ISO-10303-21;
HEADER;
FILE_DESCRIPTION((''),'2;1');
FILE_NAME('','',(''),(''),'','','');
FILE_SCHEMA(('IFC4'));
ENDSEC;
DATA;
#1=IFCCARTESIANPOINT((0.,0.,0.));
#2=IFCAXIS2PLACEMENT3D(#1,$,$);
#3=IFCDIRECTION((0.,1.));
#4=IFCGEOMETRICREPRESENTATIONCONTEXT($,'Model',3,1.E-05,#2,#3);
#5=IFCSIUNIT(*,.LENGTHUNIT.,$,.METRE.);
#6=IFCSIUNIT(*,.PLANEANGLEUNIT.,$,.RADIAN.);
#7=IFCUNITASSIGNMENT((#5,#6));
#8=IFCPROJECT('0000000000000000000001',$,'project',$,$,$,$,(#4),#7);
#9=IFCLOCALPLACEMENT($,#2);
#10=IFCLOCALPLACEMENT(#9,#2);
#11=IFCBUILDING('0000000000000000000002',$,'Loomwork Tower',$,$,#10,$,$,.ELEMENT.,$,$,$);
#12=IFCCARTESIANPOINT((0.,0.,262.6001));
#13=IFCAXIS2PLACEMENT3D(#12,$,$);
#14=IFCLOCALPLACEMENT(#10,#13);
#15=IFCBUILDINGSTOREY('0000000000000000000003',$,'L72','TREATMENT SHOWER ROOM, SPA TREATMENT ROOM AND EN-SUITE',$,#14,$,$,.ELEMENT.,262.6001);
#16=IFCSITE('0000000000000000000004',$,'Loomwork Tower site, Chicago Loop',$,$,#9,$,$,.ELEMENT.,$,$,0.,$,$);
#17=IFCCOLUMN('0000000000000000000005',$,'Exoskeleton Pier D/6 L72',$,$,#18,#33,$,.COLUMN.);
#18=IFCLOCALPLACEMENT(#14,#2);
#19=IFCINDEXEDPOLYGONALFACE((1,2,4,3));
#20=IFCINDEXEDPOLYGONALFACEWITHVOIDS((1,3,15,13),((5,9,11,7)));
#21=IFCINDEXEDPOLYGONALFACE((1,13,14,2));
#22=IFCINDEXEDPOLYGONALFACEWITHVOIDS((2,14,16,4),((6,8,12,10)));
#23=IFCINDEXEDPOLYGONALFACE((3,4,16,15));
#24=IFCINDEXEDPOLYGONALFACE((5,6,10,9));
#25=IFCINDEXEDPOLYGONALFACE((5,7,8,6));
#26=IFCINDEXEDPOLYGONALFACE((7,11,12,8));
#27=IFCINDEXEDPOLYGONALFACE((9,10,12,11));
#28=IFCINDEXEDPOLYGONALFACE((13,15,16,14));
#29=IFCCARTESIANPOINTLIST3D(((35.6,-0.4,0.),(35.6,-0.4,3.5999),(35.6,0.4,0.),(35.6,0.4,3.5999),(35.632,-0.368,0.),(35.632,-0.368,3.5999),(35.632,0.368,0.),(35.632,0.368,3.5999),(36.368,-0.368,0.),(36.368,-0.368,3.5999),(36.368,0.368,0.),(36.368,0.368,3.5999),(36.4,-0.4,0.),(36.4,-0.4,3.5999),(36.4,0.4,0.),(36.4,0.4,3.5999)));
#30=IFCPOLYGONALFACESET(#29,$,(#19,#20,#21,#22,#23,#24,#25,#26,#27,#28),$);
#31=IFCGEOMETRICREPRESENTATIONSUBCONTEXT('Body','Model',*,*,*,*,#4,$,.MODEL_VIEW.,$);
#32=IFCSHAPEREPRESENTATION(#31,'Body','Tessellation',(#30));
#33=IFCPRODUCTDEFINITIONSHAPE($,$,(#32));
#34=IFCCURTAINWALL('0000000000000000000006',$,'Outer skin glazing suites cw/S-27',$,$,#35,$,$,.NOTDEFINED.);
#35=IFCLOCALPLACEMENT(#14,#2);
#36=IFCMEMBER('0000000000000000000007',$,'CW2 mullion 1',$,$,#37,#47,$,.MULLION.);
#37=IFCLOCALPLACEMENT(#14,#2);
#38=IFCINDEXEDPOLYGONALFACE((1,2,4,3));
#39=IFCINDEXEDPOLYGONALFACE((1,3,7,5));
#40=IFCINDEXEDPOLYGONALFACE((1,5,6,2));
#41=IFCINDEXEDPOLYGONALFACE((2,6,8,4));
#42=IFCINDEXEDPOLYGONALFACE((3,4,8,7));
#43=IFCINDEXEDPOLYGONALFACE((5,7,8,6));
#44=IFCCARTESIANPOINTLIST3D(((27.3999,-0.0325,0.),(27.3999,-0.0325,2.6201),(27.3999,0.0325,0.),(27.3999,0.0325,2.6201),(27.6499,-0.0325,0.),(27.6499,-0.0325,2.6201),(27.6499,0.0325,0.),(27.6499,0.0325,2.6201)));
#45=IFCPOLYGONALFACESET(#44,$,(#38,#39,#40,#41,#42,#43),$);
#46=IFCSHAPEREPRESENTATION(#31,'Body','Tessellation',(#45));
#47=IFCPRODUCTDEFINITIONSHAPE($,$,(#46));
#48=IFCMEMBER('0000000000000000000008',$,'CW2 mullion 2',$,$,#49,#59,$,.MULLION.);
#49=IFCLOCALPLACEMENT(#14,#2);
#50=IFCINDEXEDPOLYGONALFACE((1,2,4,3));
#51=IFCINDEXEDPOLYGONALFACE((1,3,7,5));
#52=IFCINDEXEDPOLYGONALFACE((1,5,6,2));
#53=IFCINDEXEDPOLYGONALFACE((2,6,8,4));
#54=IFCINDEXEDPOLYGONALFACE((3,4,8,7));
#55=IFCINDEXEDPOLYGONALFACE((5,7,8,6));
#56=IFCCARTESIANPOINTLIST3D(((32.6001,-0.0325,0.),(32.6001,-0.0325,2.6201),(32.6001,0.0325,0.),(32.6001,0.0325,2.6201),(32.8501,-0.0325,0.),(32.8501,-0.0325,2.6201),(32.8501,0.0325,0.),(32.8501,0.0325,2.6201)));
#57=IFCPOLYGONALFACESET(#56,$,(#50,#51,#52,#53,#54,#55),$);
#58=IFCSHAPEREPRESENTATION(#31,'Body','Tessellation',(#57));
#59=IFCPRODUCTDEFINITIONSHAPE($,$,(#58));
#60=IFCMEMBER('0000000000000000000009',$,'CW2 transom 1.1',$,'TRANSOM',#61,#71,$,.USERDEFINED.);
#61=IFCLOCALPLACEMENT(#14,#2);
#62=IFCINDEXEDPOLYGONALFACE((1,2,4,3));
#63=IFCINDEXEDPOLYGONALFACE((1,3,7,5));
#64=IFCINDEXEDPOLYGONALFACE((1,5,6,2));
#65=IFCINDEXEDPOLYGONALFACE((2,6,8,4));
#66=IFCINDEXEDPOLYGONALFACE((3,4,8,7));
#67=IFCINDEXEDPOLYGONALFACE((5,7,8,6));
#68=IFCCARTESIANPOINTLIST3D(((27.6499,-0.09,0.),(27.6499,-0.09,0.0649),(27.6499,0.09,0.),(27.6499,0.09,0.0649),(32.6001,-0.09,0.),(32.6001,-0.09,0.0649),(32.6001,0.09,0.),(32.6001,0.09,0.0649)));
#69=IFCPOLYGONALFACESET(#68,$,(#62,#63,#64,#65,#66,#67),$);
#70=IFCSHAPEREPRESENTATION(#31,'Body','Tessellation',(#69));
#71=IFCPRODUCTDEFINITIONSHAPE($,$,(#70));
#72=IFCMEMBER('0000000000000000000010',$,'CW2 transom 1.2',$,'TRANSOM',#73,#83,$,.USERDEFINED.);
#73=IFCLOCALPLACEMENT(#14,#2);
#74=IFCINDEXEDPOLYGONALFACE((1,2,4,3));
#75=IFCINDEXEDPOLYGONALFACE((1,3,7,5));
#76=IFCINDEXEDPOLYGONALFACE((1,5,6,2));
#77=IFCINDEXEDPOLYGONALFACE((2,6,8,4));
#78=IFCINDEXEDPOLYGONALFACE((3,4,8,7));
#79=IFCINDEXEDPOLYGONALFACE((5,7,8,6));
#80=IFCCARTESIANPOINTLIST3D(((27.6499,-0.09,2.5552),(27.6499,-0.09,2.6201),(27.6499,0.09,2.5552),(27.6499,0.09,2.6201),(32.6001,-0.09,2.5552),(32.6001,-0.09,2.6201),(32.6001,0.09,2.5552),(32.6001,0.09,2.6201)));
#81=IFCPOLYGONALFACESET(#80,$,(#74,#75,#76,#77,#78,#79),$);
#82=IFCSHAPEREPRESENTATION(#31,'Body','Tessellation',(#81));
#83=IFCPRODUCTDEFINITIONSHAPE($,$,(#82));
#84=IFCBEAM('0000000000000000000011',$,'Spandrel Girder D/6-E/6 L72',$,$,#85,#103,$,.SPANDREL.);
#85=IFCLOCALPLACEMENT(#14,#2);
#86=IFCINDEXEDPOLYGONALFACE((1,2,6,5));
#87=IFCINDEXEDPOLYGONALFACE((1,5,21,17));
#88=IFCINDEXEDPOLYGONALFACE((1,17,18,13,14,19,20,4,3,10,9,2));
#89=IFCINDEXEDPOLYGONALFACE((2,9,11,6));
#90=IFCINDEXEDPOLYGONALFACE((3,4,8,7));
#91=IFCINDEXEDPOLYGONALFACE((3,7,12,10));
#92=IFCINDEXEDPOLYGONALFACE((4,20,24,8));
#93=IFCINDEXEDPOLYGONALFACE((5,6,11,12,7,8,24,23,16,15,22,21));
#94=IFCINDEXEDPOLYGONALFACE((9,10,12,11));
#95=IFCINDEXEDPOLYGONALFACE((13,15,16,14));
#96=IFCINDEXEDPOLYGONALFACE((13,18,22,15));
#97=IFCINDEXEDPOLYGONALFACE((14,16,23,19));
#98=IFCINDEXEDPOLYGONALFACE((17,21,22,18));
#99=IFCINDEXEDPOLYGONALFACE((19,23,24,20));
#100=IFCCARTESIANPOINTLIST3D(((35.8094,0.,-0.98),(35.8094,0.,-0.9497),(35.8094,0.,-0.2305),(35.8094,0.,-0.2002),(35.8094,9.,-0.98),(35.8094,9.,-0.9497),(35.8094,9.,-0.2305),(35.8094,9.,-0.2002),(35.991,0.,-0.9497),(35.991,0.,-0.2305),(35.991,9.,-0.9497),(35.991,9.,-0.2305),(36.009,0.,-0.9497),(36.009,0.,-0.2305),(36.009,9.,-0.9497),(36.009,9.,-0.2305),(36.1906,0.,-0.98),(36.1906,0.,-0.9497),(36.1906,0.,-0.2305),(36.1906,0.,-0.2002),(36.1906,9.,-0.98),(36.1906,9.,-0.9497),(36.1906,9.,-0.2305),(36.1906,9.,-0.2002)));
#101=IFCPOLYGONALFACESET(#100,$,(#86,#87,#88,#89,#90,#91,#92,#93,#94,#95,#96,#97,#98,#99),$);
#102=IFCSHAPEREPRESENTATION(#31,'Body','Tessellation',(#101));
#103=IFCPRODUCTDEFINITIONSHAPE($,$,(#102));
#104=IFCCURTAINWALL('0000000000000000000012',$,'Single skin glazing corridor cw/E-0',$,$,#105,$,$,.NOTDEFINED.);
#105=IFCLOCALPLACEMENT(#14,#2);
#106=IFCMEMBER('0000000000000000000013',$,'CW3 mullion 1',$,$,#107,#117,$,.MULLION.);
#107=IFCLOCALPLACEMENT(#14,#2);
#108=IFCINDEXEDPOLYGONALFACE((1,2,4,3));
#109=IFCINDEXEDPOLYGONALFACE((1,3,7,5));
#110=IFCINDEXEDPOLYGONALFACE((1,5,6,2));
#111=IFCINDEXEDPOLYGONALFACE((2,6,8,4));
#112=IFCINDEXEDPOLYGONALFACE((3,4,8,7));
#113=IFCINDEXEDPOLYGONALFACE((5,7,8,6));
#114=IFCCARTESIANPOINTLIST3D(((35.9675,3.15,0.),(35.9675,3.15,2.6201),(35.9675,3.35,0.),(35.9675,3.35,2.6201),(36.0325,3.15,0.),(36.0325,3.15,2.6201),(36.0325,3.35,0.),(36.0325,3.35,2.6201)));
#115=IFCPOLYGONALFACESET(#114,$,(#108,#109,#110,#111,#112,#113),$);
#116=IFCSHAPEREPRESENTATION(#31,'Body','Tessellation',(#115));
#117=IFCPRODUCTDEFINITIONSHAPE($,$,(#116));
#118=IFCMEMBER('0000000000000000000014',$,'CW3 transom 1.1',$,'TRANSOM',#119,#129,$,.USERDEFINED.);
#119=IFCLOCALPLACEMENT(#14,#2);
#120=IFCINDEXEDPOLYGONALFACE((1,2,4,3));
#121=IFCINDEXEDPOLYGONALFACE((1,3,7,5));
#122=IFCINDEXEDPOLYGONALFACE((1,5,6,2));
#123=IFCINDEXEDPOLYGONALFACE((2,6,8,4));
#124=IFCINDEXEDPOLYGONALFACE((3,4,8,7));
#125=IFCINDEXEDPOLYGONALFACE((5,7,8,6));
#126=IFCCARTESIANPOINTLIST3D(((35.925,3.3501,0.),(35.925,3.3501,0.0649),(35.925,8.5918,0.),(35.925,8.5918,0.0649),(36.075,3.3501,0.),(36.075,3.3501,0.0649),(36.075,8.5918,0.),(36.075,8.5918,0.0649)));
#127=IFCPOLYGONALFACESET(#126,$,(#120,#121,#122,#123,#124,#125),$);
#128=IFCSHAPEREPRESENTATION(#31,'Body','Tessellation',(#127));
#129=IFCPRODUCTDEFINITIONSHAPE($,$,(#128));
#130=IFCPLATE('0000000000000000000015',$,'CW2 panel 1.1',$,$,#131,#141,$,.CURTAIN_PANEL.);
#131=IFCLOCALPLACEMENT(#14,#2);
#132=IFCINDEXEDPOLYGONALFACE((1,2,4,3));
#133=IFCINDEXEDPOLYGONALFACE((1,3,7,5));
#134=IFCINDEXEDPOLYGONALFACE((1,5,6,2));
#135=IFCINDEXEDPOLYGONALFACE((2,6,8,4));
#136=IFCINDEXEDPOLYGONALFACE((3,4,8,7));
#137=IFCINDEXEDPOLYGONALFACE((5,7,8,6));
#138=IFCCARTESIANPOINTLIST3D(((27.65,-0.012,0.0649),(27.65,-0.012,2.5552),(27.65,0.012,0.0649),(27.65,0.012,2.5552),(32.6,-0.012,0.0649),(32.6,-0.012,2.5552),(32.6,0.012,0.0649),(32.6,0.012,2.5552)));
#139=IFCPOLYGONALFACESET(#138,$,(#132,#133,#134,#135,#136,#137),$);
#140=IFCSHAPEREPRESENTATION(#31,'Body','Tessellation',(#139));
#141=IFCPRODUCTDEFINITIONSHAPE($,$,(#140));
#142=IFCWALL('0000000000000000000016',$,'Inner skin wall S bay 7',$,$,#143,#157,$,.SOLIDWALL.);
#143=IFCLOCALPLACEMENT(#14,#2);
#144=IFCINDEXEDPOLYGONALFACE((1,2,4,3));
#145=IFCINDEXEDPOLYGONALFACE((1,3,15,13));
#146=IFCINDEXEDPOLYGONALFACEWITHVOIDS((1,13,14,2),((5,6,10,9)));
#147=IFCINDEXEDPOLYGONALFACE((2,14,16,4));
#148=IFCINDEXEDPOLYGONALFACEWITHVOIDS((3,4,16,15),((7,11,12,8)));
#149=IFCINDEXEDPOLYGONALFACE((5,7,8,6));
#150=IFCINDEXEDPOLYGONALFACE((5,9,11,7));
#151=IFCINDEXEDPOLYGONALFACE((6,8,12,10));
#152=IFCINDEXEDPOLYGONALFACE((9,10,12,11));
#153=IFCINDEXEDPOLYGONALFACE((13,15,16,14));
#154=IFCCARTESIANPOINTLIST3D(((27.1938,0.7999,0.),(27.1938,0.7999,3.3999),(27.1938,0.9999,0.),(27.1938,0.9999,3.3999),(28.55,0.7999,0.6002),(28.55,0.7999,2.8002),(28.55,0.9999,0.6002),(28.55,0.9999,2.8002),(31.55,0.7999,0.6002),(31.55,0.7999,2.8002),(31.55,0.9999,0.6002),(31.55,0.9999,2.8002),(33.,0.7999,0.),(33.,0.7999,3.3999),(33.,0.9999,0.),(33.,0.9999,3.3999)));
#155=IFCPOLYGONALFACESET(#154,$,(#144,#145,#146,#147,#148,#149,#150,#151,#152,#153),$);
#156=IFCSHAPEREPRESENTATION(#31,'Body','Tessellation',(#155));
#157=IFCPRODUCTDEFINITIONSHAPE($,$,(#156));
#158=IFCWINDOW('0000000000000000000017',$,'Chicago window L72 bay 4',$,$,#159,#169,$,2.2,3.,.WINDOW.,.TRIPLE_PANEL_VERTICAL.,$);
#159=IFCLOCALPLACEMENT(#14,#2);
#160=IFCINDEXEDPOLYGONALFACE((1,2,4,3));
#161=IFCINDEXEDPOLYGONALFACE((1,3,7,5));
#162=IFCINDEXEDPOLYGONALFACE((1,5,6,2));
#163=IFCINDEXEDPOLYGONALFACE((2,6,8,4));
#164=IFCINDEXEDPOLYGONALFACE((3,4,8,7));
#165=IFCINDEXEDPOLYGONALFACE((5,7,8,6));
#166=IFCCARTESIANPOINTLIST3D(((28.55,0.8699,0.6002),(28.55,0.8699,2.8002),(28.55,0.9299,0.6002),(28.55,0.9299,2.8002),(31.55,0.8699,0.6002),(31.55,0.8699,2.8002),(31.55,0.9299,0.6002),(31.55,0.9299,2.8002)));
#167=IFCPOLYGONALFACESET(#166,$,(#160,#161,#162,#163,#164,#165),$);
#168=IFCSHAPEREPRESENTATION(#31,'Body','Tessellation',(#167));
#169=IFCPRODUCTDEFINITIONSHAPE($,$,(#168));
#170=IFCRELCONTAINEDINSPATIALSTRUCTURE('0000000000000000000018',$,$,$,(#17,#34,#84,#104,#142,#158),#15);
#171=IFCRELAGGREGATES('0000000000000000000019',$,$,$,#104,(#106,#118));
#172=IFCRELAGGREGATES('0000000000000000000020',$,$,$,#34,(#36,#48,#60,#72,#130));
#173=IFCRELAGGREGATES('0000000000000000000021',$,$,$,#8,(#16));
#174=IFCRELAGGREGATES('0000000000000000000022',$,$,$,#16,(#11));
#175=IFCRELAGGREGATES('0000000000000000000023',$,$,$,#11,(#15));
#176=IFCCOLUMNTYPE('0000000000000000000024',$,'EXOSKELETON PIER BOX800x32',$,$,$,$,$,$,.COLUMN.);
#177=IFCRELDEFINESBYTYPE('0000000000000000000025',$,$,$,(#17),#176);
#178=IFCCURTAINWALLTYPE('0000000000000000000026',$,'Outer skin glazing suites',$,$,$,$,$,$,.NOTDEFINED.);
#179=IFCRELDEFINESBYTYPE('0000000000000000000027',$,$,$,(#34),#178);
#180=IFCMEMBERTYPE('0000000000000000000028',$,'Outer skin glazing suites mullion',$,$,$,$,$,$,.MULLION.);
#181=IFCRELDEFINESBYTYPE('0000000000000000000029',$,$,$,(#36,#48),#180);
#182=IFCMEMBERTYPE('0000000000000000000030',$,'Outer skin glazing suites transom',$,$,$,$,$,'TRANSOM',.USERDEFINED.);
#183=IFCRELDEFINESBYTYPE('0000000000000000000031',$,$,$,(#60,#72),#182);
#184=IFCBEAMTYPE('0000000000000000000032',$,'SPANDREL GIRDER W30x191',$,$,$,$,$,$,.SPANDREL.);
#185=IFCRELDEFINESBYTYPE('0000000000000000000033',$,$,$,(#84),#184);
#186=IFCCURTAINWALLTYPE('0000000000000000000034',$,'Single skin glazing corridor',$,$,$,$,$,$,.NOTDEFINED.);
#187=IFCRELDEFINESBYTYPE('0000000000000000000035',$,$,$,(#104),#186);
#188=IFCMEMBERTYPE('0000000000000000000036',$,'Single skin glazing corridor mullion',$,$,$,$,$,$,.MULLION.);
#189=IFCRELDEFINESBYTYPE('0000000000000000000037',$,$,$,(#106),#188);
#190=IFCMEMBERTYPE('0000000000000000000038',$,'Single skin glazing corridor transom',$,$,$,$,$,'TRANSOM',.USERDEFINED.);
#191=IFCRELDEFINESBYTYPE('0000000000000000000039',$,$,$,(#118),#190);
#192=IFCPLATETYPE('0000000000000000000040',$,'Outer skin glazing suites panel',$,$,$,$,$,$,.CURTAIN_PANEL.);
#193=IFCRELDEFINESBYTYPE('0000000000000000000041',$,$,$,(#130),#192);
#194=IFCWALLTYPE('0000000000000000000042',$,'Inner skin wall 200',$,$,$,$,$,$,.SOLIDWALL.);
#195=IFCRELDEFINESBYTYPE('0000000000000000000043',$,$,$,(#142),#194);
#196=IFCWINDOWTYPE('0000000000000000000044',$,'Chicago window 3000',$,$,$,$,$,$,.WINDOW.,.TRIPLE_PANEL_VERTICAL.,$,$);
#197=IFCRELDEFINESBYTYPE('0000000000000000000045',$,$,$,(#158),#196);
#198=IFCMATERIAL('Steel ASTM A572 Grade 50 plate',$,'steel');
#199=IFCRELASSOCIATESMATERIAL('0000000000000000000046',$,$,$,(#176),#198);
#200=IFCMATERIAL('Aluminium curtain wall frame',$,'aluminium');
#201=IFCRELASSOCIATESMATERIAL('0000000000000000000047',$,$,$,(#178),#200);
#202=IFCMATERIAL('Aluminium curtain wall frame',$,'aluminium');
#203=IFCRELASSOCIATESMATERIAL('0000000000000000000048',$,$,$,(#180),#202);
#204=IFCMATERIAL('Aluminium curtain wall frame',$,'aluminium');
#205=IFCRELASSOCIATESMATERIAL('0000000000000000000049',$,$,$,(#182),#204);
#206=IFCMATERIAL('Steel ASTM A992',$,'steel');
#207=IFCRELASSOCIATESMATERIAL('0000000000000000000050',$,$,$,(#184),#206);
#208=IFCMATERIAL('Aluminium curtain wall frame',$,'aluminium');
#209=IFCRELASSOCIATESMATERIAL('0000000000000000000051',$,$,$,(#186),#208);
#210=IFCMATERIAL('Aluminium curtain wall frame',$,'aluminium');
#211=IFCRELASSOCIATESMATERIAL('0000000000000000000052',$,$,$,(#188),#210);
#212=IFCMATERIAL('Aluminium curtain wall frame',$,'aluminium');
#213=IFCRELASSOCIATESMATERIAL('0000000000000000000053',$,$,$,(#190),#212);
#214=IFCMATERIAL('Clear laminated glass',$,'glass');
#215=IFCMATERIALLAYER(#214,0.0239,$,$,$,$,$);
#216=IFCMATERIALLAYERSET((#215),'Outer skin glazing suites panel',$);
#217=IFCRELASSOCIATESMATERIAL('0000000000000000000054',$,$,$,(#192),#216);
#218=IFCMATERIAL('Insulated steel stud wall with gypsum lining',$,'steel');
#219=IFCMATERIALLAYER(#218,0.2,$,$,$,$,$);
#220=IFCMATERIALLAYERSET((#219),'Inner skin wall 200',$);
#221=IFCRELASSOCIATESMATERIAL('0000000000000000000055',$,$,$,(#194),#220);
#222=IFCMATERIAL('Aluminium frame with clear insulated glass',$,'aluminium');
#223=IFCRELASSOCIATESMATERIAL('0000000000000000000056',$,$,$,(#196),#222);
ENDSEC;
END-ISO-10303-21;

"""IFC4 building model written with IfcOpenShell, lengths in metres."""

from ifc_helpers import new_model, si_unit, direction, frame, frame_2d, origin, origin_2d, place, context, subcontext, project, spatial, rectangle, hollow_rectangle, i_section, extrude, material, layer, layer_set, material_profile, profile_set, type_object, element, fill, aggregate, save


model = new_model("IFC4")

# Units and contexts
model_context = context("Model", 3, precision=1e-05, world=origin(), true_north=direction((0.0, 1.0)))
body_context = subcontext(model_context, "Body", "Model", "MODEL_VIEW")
ifc_project = project(units=[si_unit("LENGTHUNIT", "METRE"), si_unit("PLANEANGLEUNIT", "RADIAN")], contexts=[model_context])

# Site, building, storey
site_placement = place(None, origin())
site = spatial("IfcSite", under=ifc_project, at=site_placement, Name="Loomwork Tower site, Chicago Loop", CompositionType="ELEMENT", RefElevation=0.0)
building_placement = place(site_placement, origin())
building = spatial("IfcBuilding", under=site, at=building_placement, Name="Loomwork Tower", CompositionType="ELEMENT")
storey_placement = place(building_placement, frame((0.0, 0.0, 262.6001)))
storey = spatial("IfcBuildingStorey", under=building, at=storey_placement, Name="L72", Description="TREATMENT SHOWER ROOM, SPA TREATMENT ROOM AND EN-SUITE", CompositionType="ELEMENT", Elevation=262.6001)

# Column
ifc_material_1 = material(Name="Steel ASTM A572 Grade 50 plate", Category="steel")
ifc_material_profile_1 = material_profile(ifc_material_1, hollow_rectangle(XDim=0.8, YDim=0.8, WallThickness=0.032, at=origin_2d()), Name="BOX800x32")
ifc_profile_set_1 = profile_set([ifc_material_profile_1], Name="Steel ASTM A572 Grade 50 plate")
column_type = type_object("IfcColumnType", Name="EXOSKELETON PIER BOX800x32", PredefinedType="COLUMN", material=ifc_profile_set_1)
column_placement = place(storey_placement, frame((36.0, 0.0, 0.0), z_axis=(0.0, 0.0, 1.0), x_axis=(1.0, 0.0, 0.0)))
element("IfcColumn", 1, at=column_placement, inside=storey, type_object=column_type, Name="Exoskeleton Pier D/6 L72", PredefinedType="COLUMN", context=body_context, shape_type="SweptSolid", body=[
    extrude(hollow_rectangle(XDim=0.8, YDim=0.8, WallThickness=0.032, at=origin_2d()), origin(), (0.0, 0.0, 1.0), 3.5999),
])

# Curtain wall, members
ifc_material_2 = material(Name="Aluminium curtain wall frame", Category="aluminium")
curtain_wall_type_1 = type_object("IfcCurtainWallType", Name="Outer skin glazing suites", PredefinedType="NOTDEFINED", material=ifc_material_2)
curtain_wall_1_placement = place(storey_placement, origin())
curtain_wall_1 = element("IfcCurtainWall", 2, at=curtain_wall_1_placement, inside=storey, type_object=curtain_wall_type_1, Name="Outer skin glazing suites cw/S-27", PredefinedType="NOTDEFINED")
ifc_material_3 = material(Name="Aluminium curtain wall frame", Category="aluminium")
ifc_material_profile_2 = material_profile(ifc_material_3, rectangle(XDim=0.0649, YDim=0.25, at=origin_2d()), Name="AL 65x250")
ifc_profile_set_2 = profile_set([ifc_material_profile_2], Name="Aluminium curtain wall frame")
member_type_1 = type_object("IfcMemberType", Name="Outer skin glazing suites mullion", PredefinedType="MULLION", material=ifc_profile_set_2)
member_1_placement = place(storey_placement, frame((27.5249, 0.0, 0.0), z_axis=(0.0, 0.0, 1.0), x_axis=(0.0, 1.0, 0.0)))
member_1 = element("IfcMember", 3, at=member_1_placement, type_object=member_type_1, Name="CW2 mullion 1", PredefinedType="MULLION", context=body_context, shape_type="SweptSolid", body=[
    extrude(rectangle(XDim=0.0649, YDim=0.25, at=origin_2d()), origin(), (0.0, 0.0, 1.0), 2.6201),
])
member_2_placement = place(storey_placement, frame((32.7251, 0.0, 0.0), z_axis=(0.0, 0.0, 1.0), x_axis=(0.0, 1.0, 0.0)))
member_2 = element("IfcMember", 4, at=member_2_placement, type_object=member_type_1, Name="CW2 mullion 2", PredefinedType="MULLION", context=body_context, shape_type="SweptSolid", body=[
    extrude(rectangle(XDim=0.0649, YDim=0.25, at=origin_2d()), origin(), (0.0, 0.0, 1.0), 2.6201),
])
ifc_material_4 = material(Name="Aluminium curtain wall frame", Category="aluminium")
ifc_material_profile_3 = material_profile(ifc_material_4, rectangle(XDim=0.1799, YDim=0.0649, at=origin_2d()), Name="AL 65x180")
ifc_profile_set_3 = profile_set([ifc_material_profile_3], Name="Aluminium curtain wall frame")
member_type_2 = type_object("IfcMemberType", Name="Outer skin glazing suites transom", ElementType="TRANSOM", PredefinedType="USERDEFINED", material=ifc_profile_set_3)
member_3_placement = place(storey_placement, frame((27.6499, 0.0, 0.0325), z_axis=(1.0, 0.0, 0.0), x_axis=(0.0, 1.0, 0.0)))
member_3 = element("IfcMember", 5, at=member_3_placement, type_object=member_type_2, Name="CW2 transom 1.1", ObjectType="TRANSOM", PredefinedType="USERDEFINED", context=body_context, shape_type="SweptSolid", body=[
    extrude(rectangle(XDim=0.1799, YDim=0.0649, at=origin_2d()), origin(), (0.0, 0.0, 1.0), 4.9502),
])
member_4_placement = place(storey_placement, frame((27.6499, 0.0, 2.5876), z_axis=(1.0, 0.0, 0.0), x_axis=(0.0, 1.0, 0.0)))
member_4 = element("IfcMember", 6, at=member_4_placement, type_object=member_type_2, Name="CW2 transom 1.2", ObjectType="TRANSOM", PredefinedType="USERDEFINED", context=body_context, shape_type="SweptSolid", body=[
    extrude(rectangle(XDim=0.1799, YDim=0.0649, at=origin_2d()), origin(), (0.0, 0.0, 1.0), 4.9502),
])

# Beam
ifc_material_5 = material(Name="Steel ASTM A992", Category="steel")
ifc_material_profile_4 = material_profile(ifc_material_5, i_section(OverallWidth=0.3811, OverallDepth=0.7798, WebThickness=0.0181, FlangeThickness=0.0303, at=origin_2d()), Name="W30x191")
ifc_profile_set_4 = profile_set([ifc_material_profile_4], Name="Steel ASTM A992")
beam_type = type_object("IfcBeamType", Name="SPANDREL GIRDER W30x191", PredefinedType="SPANDREL", material=ifc_profile_set_4)
beam_placement = place(storey_placement, frame((36.0, 0.0, -0.5901), z_axis=(0.0, 1.0, 0.0), x_axis=(-1.0, 0.0, 0.0)))
element("IfcBeam", 7, at=beam_placement, inside=storey, type_object=beam_type, Name="Spandrel Girder D/6-E/6 L72", PredefinedType="SPANDREL", context=body_context, shape_type="SweptSolid", body=[
    extrude(i_section(OverallWidth=0.3811, OverallDepth=0.7798, WebThickness=0.0181, FlangeThickness=0.0303, at=origin_2d()), origin(), (0.0, 0.0, 1.0), 9.0),
])

# Curtain wall, members
ifc_material_6 = material(Name="Aluminium curtain wall frame", Category="aluminium")
curtain_wall_type_2 = type_object("IfcCurtainWallType", Name="Single skin glazing corridor", PredefinedType="NOTDEFINED", material=ifc_material_6)
curtain_wall_2_placement = place(storey_placement, origin())
curtain_wall_2 = element("IfcCurtainWall", 8, at=curtain_wall_2_placement, inside=storey, type_object=curtain_wall_type_2, Name="Single skin glazing corridor cw/E-0", PredefinedType="NOTDEFINED")
ifc_material_7 = material(Name="Aluminium curtain wall frame", Category="aluminium")
ifc_material_profile_5 = material_profile(ifc_material_7, rectangle(XDim=0.0649, YDim=0.2, at=origin_2d()), Name="AL 65x200")
ifc_profile_set_5 = profile_set([ifc_material_profile_5], Name="Aluminium curtain wall frame")
member_type_3 = type_object("IfcMemberType", Name="Single skin glazing corridor mullion", PredefinedType="MULLION", material=ifc_profile_set_5)
member_5_placement = place(storey_placement, frame((36.0, 3.25, 0.0), z_axis=(0.0, 0.0, 1.0), x_axis=(-1.0, 0.0, 0.0)))
member_5 = element("IfcMember", 9, at=member_5_placement, type_object=member_type_3, Name="CW3 mullion 1", PredefinedType="MULLION", context=body_context, shape_type="SweptSolid", body=[
    extrude(rectangle(XDim=0.0649, YDim=0.2, at=origin_2d()), origin(), (0.0, 0.0, 1.0), 2.6201),
])
ifc_material_8 = material(Name="Aluminium curtain wall frame", Category="aluminium")
ifc_material_profile_6 = material_profile(ifc_material_8, rectangle(XDim=0.1499, YDim=0.0649, at=origin_2d()), Name="AL 65x150")
ifc_profile_set_6 = profile_set([ifc_material_profile_6], Name="Aluminium curtain wall frame")
member_type_4 = type_object("IfcMemberType", Name="Single skin glazing corridor transom", ElementType="TRANSOM", PredefinedType="USERDEFINED", material=ifc_profile_set_6)
member_6_placement = place(storey_placement, frame((36.0, 3.3501, 0.0325), z_axis=(0.0, 1.0, 0.0), x_axis=(-1.0, 0.0, 0.0)))
member_6 = element("IfcMember", 10, at=member_6_placement, type_object=member_type_4, Name="CW3 transom 1.1", ObjectType="TRANSOM", PredefinedType="USERDEFINED", context=body_context, shape_type="SweptSolid", body=[
    extrude(rectangle(XDim=0.1499, YDim=0.0649, at=origin_2d()), origin(), (0.0, 0.0, 1.0), 5.2417),
])
aggregate(curtain_wall_2, [member_5, member_6])

# Plate
ifc_material_9 = material(Name="Clear laminated glass", Category="glass")
ifc_layer_1 = layer(ifc_material_9, 0.0239)
ifc_layer_set_1 = layer_set([ifc_layer_1], Name="Outer skin glazing suites panel")
plate_type = type_object("IfcPlateType", Name="Outer skin glazing suites panel", PredefinedType="CURTAIN_PANEL", material=ifc_layer_set_1)
plate_placement = place(storey_placement, frame((30.125, 0.0, 0.0649), z_axis=(0.0, 0.0, 1.0), x_axis=(1.0, 0.0, 0.0)))
plate = element("IfcPlate", 11, at=plate_placement, type_object=plate_type, Name="CW2 panel 1.1", PredefinedType="CURTAIN_PANEL", context=body_context, shape_type="SweptSolid", body=[
    extrude(rectangle(XDim=4.95, YDim=0.0239, at=origin_2d()), origin(), (0.0, 0.0, 1.0), 2.4902),
])
aggregate(curtain_wall_1, [member_1, member_2, member_3, member_4, plate])

# Wall, opening, window
ifc_material_10 = material(Name="Insulated steel stud wall with gypsum lining", Category="steel")
ifc_layer_2 = layer(ifc_material_10, 0.2)
ifc_layer_set_2 = layer_set([ifc_layer_2], Name="Inner skin wall 200")
wall_type_1 = type_object("IfcWallType", Name="Inner skin wall 200", PredefinedType="SOLIDWALL", material=ifc_layer_set_2)
wall_1_placement = place(storey_placement, frame((27.1938, 0.8999, 0.0), z_axis=(0.0, 0.0, 1.0), x_axis=(1.0, 0.0, 0.0)))
wall_1 = element("IfcWall", 12, at=wall_1_placement, inside=storey, type_object=wall_type_1, Name="Inner skin wall S bay 7", PredefinedType="SOLIDWALL", context=body_context, shape_type="SweptSolid", body=[
    extrude(rectangle(XDim=5.8062, YDim=0.2, at=frame_2d((2.9031, 0.0))), origin(), (0.0, 0.0, 1.0), 3.3999),
])
opening_1_placement = place(wall_1_placement, frame((1.3562, 0.0, 0.6001)))
opening_1 = element("IfcOpeningElement", 13, at=opening_1_placement, cuts=wall_1, PredefinedType="OPENING", context=body_context, shape_type="SweptSolid", body=[
    extrude(rectangle(XDim=3.0, YDim=2.2, at=frame_2d((1.5, 1.1001))), frame((0.0, 0.1099, 0.0), z_axis=(0.0, -1.0, 0.0), x_axis=(1.0, 0.0, 0.0)), (0.0, 0.0, 1.0), 0.22),
])
ifc_material_11 = material(Name="Aluminium frame with clear insulated glass", Category="aluminium")
window_type_1 = type_object("IfcWindowType", Name="Chicago window 3000", PartitioningType="TRIPLE_PANEL_VERTICAL", PredefinedType="WINDOW", material=ifc_material_11)
window_1_placement = place(opening_1_placement, origin())
window_1 = element("IfcWindow", 14, at=window_1_placement, inside=storey, type_object=window_type_1, Name="Chicago window L72 bay 4", OverallHeight=2.2, OverallWidth=3.0, PartitioningType="TRIPLE_PANEL_VERTICAL", PredefinedType="WINDOW", context=body_context, shape_type="SweptSolid", body=[
    extrude(rectangle(XDim=3.0, YDim=2.2, at=frame_2d((1.5, 1.1001))), frame((0.0, 0.03, 0.0), z_axis=(0.0, -1.0, 0.0), x_axis=(1.0, 0.0, 0.0)), (0.0, 0.0, 1.0), 0.0601),
])
fill(opening_1, window_1)

save(model, "model.ifc")
